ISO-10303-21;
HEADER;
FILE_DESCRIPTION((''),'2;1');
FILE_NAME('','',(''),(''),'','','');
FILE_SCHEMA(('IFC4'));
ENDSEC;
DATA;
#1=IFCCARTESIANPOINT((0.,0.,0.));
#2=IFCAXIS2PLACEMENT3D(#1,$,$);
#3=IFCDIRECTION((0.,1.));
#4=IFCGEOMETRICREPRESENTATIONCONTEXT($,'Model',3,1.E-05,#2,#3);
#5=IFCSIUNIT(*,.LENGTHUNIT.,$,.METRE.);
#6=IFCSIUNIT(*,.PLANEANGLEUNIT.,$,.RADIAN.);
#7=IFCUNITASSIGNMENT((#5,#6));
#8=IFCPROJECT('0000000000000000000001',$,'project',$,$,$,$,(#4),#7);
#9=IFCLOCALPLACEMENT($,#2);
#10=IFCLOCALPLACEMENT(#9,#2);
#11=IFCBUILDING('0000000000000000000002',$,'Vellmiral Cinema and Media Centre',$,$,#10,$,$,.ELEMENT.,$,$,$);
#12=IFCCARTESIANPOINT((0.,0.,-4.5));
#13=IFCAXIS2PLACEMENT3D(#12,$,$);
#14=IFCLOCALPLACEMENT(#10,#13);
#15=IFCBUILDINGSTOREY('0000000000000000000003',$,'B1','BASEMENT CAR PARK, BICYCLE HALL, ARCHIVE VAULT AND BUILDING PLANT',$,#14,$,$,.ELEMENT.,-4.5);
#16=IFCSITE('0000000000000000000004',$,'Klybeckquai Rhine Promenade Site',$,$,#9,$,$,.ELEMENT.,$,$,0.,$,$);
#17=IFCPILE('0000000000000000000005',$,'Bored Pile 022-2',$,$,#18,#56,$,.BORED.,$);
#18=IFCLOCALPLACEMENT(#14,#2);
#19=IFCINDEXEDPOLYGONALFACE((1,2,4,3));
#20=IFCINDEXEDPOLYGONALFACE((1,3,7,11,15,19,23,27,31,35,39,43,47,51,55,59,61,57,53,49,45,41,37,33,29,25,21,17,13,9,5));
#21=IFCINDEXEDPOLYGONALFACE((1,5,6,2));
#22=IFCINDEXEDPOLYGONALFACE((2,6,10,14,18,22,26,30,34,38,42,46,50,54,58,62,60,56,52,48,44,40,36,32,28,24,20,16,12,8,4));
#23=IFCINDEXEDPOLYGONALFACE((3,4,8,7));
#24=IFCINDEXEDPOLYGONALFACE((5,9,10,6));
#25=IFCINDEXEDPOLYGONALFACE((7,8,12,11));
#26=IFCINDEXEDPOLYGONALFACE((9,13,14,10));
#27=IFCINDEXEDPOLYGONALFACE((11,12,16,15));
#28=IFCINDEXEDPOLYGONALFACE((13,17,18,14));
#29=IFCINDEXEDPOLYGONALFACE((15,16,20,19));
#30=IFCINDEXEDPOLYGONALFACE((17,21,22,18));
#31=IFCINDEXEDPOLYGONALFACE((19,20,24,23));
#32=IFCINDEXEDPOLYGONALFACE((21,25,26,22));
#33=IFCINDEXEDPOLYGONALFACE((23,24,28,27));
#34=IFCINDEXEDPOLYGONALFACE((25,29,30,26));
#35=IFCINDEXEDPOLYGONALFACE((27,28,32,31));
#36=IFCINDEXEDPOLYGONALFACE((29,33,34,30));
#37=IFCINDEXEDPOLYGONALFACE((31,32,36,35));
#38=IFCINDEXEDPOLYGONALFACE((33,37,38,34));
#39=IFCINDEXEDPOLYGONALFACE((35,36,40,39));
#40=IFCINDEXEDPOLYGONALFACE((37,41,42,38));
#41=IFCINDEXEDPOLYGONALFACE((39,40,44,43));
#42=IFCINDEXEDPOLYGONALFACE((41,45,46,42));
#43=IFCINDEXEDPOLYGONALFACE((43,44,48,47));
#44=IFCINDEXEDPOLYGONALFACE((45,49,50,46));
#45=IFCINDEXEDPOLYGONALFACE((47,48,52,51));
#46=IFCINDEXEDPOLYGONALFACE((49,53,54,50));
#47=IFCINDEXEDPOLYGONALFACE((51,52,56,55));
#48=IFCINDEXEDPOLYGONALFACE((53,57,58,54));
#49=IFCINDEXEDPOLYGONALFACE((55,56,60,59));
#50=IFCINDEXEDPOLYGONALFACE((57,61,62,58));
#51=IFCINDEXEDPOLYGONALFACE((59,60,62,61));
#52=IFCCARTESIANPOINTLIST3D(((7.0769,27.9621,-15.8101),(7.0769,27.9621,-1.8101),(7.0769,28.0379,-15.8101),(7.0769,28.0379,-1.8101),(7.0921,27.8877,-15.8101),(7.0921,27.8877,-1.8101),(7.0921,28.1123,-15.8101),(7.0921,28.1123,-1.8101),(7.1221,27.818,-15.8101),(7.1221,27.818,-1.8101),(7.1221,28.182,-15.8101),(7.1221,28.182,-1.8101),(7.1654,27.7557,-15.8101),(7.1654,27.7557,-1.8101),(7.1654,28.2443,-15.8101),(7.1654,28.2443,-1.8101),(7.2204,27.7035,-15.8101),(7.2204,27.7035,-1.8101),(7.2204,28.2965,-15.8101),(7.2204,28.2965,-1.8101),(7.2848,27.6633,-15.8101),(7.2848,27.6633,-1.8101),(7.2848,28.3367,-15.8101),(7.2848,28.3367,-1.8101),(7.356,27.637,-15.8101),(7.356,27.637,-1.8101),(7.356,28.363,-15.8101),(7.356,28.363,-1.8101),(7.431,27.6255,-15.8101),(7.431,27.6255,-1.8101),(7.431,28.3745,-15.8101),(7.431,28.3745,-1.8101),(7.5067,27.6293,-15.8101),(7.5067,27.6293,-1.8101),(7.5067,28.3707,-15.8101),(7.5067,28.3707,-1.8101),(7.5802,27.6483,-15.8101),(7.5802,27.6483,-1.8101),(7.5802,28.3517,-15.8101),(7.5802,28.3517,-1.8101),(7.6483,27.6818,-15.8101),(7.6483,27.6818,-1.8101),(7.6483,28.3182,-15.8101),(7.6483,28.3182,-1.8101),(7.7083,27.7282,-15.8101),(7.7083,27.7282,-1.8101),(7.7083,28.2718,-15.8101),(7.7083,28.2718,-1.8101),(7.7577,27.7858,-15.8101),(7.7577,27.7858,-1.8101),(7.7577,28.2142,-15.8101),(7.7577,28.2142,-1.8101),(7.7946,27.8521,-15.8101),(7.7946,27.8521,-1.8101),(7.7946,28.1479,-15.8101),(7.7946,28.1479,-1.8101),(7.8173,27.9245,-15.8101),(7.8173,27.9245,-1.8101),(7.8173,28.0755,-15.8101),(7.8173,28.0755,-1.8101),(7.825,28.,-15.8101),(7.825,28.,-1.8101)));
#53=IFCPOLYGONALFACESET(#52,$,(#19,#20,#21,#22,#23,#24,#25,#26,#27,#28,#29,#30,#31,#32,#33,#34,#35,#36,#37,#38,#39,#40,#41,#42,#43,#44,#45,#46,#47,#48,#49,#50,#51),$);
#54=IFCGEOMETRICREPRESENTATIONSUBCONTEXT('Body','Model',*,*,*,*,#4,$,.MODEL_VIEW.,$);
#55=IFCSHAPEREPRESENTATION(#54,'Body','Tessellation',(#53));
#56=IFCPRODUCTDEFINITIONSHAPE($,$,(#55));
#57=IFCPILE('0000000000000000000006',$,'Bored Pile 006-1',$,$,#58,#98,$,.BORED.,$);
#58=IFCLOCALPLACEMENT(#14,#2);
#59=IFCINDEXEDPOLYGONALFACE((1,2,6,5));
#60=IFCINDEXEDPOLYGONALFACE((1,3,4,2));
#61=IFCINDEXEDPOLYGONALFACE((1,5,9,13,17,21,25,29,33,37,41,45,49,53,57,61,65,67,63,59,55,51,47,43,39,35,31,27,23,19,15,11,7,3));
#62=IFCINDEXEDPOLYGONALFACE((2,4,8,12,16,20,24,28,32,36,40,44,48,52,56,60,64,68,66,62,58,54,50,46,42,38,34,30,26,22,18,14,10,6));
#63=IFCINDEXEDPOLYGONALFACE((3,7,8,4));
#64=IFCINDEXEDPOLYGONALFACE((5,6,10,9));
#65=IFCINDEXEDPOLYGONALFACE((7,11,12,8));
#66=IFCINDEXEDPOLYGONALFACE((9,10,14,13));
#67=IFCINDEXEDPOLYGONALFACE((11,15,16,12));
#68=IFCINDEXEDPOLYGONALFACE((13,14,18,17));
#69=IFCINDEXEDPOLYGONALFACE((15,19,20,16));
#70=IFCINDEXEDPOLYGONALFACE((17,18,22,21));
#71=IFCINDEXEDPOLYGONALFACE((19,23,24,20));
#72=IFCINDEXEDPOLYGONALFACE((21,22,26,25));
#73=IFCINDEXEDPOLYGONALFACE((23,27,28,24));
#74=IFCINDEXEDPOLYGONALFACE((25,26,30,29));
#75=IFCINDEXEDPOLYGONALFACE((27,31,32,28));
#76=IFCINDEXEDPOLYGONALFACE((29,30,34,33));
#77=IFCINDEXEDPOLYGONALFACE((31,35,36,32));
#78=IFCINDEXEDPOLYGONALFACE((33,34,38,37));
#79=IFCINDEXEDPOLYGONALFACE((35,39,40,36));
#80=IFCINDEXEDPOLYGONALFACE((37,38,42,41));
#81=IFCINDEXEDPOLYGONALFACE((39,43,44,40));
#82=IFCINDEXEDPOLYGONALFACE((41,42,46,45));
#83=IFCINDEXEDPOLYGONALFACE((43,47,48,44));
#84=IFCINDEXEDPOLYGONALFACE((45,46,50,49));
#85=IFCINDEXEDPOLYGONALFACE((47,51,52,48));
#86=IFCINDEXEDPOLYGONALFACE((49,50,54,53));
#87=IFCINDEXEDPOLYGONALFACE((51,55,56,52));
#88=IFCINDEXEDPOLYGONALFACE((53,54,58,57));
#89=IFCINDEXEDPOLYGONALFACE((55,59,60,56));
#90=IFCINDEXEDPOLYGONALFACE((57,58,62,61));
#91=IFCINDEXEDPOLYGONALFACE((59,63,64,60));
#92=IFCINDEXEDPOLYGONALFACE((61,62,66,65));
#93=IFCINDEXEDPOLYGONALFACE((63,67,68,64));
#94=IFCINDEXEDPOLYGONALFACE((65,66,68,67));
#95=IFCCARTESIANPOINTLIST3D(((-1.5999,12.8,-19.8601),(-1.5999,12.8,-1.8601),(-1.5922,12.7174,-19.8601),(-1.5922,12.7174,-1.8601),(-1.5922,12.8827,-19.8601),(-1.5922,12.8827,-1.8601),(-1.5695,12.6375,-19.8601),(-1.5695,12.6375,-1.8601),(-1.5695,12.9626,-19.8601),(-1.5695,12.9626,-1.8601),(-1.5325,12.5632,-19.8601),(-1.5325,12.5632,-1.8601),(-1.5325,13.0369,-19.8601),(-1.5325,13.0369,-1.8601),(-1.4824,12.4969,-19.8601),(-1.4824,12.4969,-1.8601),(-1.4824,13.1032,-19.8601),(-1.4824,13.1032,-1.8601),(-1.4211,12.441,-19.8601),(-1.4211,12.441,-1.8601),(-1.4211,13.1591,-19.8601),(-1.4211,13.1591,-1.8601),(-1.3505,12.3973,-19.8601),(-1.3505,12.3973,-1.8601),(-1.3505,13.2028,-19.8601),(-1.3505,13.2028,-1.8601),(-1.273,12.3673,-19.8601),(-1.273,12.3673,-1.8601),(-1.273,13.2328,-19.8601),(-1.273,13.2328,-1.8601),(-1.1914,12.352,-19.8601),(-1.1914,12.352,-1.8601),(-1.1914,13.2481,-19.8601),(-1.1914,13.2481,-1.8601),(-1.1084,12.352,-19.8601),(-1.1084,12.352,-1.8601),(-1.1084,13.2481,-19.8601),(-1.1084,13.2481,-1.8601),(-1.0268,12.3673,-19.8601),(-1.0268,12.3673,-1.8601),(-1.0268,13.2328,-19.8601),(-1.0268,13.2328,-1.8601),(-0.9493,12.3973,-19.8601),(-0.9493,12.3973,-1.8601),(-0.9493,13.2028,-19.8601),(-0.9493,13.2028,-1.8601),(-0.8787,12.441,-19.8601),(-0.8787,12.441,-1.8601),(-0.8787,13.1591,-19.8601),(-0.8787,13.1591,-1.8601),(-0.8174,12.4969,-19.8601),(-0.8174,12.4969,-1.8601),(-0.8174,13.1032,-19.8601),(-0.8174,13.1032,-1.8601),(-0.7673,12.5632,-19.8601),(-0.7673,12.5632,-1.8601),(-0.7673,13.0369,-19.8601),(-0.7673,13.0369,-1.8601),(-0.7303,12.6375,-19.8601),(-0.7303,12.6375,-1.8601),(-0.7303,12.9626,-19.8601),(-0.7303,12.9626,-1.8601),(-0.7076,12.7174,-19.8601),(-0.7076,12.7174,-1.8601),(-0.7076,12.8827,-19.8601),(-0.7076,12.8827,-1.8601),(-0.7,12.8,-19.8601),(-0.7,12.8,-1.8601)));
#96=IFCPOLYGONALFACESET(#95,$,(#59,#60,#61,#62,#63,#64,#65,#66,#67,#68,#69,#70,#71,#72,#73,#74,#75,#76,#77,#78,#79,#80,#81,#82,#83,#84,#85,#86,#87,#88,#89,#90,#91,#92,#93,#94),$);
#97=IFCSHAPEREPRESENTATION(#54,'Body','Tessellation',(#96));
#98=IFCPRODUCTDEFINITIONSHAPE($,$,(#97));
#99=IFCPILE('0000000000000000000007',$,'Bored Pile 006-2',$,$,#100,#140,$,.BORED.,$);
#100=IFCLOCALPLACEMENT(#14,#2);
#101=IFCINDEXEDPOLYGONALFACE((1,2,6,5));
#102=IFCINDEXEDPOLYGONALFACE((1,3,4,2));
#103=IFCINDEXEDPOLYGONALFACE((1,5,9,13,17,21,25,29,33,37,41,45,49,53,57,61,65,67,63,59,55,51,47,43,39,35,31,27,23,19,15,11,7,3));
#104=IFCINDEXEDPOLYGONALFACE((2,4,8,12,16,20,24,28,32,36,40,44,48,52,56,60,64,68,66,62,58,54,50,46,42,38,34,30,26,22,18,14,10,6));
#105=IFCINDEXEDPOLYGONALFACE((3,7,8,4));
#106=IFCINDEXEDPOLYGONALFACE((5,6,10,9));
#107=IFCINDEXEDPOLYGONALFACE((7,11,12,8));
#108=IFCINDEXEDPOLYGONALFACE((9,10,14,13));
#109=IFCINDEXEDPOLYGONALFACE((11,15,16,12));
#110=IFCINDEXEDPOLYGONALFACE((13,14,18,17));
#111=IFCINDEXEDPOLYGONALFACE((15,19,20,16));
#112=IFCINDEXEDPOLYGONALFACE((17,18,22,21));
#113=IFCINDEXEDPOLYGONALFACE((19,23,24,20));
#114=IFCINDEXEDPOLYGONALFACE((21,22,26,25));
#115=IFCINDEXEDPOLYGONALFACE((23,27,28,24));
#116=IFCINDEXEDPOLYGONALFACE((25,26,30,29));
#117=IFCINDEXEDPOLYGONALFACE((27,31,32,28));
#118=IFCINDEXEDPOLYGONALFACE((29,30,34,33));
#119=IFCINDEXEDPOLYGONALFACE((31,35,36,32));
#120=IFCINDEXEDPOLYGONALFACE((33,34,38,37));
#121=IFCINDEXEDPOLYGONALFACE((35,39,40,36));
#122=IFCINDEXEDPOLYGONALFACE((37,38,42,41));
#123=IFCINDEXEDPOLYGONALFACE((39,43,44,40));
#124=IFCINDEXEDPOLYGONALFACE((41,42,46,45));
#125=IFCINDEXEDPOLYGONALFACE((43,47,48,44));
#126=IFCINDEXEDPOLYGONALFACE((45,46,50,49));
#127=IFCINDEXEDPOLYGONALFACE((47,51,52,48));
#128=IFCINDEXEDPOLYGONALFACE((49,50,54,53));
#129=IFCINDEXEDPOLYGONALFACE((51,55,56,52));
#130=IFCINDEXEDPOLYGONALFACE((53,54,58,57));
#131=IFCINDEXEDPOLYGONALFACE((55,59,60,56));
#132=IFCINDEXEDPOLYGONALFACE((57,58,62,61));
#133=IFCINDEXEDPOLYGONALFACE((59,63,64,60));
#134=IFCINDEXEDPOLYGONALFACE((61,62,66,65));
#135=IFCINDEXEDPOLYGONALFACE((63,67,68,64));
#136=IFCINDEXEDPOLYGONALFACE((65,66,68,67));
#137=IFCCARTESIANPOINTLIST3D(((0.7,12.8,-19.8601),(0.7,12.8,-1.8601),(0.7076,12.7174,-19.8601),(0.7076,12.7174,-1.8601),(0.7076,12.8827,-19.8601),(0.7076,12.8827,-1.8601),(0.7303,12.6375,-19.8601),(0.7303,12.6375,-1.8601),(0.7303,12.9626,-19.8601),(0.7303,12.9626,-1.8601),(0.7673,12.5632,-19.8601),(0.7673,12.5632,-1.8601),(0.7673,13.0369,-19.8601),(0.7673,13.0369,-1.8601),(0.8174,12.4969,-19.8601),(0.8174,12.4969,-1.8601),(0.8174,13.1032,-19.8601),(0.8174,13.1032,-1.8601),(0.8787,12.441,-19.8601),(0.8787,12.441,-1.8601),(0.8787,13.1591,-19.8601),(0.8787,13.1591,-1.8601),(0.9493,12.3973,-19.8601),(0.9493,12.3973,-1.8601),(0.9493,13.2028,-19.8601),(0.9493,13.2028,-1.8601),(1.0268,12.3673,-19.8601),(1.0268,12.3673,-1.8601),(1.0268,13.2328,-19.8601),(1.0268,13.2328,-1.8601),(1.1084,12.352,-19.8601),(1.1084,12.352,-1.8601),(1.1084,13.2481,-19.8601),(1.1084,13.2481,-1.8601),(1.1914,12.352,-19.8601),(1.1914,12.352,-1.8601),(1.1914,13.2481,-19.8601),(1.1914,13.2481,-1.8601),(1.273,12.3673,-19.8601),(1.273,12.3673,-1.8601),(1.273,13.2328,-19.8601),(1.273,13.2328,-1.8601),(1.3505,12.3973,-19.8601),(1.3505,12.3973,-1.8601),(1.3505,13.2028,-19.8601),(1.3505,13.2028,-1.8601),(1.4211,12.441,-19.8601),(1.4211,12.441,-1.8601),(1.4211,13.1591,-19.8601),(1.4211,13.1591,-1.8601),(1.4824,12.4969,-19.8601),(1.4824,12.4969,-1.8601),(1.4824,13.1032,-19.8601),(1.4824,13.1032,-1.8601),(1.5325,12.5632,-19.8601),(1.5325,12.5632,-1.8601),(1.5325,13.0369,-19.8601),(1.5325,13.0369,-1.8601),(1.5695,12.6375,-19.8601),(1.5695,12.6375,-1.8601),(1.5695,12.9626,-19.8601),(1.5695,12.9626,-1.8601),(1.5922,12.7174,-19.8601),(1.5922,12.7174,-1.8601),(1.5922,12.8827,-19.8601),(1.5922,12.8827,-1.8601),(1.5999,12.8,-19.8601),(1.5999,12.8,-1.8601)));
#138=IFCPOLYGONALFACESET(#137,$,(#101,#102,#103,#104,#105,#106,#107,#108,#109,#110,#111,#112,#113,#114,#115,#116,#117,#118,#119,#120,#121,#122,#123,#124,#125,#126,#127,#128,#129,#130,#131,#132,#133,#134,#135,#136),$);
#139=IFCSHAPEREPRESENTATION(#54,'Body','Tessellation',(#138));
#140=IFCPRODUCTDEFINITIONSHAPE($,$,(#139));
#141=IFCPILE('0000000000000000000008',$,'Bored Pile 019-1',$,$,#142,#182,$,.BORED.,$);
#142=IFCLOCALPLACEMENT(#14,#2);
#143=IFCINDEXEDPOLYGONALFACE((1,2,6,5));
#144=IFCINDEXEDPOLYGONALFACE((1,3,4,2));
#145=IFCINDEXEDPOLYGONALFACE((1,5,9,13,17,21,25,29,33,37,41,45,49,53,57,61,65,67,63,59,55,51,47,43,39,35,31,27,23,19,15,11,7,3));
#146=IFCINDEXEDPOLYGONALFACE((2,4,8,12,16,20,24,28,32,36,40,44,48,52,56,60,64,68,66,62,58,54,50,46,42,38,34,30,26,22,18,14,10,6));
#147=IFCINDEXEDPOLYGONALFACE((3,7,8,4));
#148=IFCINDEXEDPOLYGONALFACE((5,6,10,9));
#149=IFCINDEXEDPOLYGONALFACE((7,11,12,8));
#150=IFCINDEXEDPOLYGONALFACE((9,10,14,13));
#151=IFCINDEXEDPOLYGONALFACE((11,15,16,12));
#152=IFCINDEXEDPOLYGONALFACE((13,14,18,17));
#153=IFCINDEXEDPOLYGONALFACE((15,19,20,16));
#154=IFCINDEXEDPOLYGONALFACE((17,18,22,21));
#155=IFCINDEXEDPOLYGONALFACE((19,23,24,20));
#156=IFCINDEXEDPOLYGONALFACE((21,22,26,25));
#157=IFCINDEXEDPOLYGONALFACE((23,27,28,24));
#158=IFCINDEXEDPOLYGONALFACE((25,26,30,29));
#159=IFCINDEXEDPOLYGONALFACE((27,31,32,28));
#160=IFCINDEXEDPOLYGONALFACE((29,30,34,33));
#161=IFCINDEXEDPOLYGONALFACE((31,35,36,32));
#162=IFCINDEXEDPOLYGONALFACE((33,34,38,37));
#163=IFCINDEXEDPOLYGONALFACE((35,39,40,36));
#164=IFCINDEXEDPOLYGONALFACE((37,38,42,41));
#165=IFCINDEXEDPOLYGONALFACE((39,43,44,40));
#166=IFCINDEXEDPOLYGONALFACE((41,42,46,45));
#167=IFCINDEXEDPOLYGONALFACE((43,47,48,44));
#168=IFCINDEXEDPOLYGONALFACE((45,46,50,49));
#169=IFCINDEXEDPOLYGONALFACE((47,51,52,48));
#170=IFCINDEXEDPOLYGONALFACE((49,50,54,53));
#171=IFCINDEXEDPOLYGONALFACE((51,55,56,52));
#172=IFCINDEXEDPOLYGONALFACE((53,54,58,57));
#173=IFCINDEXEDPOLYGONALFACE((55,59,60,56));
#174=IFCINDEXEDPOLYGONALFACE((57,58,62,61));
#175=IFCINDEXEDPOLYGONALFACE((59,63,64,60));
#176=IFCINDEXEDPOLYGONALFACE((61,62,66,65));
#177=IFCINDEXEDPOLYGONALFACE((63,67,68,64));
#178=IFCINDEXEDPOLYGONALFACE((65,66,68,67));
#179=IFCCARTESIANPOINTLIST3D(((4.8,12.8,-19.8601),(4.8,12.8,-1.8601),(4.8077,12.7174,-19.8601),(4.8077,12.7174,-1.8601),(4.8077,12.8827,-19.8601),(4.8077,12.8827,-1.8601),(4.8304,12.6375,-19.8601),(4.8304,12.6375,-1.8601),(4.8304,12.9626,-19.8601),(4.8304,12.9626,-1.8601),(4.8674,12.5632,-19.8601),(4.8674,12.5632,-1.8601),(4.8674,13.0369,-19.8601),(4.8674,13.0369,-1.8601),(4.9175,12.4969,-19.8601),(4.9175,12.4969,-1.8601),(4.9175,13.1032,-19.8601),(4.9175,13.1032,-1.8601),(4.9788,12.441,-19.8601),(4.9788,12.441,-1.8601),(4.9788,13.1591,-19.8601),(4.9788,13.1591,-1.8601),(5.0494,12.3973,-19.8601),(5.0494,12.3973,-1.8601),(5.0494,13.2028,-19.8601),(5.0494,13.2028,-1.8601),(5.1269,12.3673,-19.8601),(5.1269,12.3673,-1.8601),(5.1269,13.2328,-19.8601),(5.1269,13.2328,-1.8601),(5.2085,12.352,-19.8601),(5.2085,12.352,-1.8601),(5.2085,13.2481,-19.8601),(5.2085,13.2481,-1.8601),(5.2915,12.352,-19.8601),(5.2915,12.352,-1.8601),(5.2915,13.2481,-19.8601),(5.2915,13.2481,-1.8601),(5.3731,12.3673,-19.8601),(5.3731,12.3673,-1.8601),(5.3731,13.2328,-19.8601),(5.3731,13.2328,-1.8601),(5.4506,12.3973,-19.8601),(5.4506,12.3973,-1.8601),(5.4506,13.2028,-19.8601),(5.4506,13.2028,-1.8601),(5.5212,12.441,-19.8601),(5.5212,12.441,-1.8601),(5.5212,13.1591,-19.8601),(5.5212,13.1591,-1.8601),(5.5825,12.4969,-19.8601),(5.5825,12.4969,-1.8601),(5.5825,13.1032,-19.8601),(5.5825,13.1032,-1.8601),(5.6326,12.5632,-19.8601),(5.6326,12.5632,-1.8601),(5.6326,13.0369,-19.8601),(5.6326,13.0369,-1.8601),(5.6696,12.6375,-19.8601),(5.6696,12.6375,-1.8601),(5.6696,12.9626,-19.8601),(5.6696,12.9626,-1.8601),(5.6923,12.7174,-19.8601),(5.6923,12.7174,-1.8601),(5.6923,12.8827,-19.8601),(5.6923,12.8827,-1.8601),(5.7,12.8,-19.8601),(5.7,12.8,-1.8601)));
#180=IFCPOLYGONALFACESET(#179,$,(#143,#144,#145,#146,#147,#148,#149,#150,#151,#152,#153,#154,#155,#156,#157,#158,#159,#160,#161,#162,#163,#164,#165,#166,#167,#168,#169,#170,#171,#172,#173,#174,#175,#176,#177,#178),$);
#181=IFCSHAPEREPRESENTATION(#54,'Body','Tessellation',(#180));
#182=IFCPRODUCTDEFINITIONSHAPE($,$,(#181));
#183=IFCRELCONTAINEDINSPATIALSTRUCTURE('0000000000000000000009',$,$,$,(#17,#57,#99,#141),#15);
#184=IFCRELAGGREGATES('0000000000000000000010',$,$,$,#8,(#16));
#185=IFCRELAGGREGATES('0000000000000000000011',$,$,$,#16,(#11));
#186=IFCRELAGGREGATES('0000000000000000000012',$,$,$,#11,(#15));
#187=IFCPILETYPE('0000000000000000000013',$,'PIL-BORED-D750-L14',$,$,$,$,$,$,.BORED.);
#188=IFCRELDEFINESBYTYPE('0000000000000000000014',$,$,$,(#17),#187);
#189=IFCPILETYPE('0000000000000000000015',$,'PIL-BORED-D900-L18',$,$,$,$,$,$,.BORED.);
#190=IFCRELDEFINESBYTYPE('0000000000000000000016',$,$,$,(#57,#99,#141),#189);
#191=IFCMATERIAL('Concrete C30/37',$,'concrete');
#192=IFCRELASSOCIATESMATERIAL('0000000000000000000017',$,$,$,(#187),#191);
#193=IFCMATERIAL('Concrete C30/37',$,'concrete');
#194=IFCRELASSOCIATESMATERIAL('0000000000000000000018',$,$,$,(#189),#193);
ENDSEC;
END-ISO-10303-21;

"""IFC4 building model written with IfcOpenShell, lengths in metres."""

from ifc_helpers import new_model, si_unit, direction, frame, origin, origin_2d, place, context, subcontext, project, spatial, circle, extrude, material, material_profile, profile_set, type_object, element, save


model = new_model("IFC4")

# Units and contexts
model_context = context("Model", 3, precision=1e-05, world=origin(), true_north=direction((0.0, 1.0)))
body_context = subcontext(model_context, "Body", "Model", "MODEL_VIEW")
ifc_project = project(units=[si_unit("LENGTHUNIT", "METRE"), si_unit("PLANEANGLEUNIT", "RADIAN")], contexts=[model_context])

# Site, building, storey
site_placement = place(None, origin())
site = spatial("IfcSite", under=ifc_project, at=site_placement, Name="Klybeckquai Rhine Promenade Site", CompositionType="ELEMENT", RefElevation=0.0)
building_placement = place(site_placement, origin())
building = spatial("IfcBuilding", under=site, at=building_placement, Name="Vellmiral Cinema and Media Centre", CompositionType="ELEMENT")
storey_placement = place(building_placement, frame((0.0, 0.0, -4.5)))
storey = spatial("IfcBuildingStorey", under=building, at=storey_placement, Name="B1", Description="BASEMENT CAR PARK, BICYCLE HALL, ARCHIVE VAULT AND BUILDING PLANT", CompositionType="ELEMENT", Elevation=-4.5)

# Piles
ifc_material_1 = material(Name="Concrete C30/37", Category="concrete")
ifc_material_profile_1 = material_profile(ifc_material_1, circle(Radius=0.375, at=origin_2d()), Name="PILE D750")
ifc_profile_set_1 = profile_set([ifc_material_profile_1], Name="Concrete C30/37")
pile_type_1 = type_object("IfcPileType", Name="PIL-BORED-D750-L14", PredefinedType="BORED", material=ifc_profile_set_1)
for number, where, z_axis, x_axis, name in (
    (1, (7.45, 28.0, -1.8101), (0.0, 0.0, -1.0), (1.0, 0.0, 0.0), "Bored Pile 022-2"),
):
    element("IfcPile", number, at=place(storey_placement, frame(where, z_axis=z_axis, x_axis=x_axis)), inside=storey, type_object=pile_type_1, Name=name, PredefinedType="BORED", context=body_context, shape_type="SweptSolid", body=[
        extrude(circle(Radius=0.375, at=origin_2d()), origin(), (0.0, 0.0, 1.0), 14.0),
    ])
ifc_material_2 = material(Name="Concrete C30/37", Category="concrete")
ifc_material_profile_2 = material_profile(ifc_material_2, circle(Radius=0.45, at=origin_2d()), Name="PILE D900")
ifc_profile_set_2 = profile_set([ifc_material_profile_2], Name="Concrete C30/37")
pile_type_2 = type_object("IfcPileType", Name="PIL-BORED-D900-L18", PredefinedType="BORED", material=ifc_profile_set_2)
for number, where, z_axis, x_axis, name in (
    (2, (-1.1499, 12.8, -1.8601), (0.0, 0.0, -1.0), (1.0, 0.0, 0.0), "Bored Pile 006-1"),
    (3, (1.1499, 12.8, -1.8601), (0.0, 0.0, -1.0), (1.0, 0.0, 0.0), "Bored Pile 006-2"),
    (4, (5.25, 12.8, -1.8601), (0.0, 0.0, -1.0), (1.0, 0.0, 0.0), "Bored Pile 019-1"),
):
    element("IfcPile", number, at=place(storey_placement, frame(where, z_axis=z_axis, x_axis=x_axis)), inside=storey, type_object=pile_type_2, Name=name, PredefinedType="BORED", context=body_context, shape_type="SweptSolid", body=[
        extrude(circle(Radius=0.45, at=origin_2d()), origin(), (0.0, 0.0, 1.0), 18.0),
    ])

save(model, "model.ifc")
